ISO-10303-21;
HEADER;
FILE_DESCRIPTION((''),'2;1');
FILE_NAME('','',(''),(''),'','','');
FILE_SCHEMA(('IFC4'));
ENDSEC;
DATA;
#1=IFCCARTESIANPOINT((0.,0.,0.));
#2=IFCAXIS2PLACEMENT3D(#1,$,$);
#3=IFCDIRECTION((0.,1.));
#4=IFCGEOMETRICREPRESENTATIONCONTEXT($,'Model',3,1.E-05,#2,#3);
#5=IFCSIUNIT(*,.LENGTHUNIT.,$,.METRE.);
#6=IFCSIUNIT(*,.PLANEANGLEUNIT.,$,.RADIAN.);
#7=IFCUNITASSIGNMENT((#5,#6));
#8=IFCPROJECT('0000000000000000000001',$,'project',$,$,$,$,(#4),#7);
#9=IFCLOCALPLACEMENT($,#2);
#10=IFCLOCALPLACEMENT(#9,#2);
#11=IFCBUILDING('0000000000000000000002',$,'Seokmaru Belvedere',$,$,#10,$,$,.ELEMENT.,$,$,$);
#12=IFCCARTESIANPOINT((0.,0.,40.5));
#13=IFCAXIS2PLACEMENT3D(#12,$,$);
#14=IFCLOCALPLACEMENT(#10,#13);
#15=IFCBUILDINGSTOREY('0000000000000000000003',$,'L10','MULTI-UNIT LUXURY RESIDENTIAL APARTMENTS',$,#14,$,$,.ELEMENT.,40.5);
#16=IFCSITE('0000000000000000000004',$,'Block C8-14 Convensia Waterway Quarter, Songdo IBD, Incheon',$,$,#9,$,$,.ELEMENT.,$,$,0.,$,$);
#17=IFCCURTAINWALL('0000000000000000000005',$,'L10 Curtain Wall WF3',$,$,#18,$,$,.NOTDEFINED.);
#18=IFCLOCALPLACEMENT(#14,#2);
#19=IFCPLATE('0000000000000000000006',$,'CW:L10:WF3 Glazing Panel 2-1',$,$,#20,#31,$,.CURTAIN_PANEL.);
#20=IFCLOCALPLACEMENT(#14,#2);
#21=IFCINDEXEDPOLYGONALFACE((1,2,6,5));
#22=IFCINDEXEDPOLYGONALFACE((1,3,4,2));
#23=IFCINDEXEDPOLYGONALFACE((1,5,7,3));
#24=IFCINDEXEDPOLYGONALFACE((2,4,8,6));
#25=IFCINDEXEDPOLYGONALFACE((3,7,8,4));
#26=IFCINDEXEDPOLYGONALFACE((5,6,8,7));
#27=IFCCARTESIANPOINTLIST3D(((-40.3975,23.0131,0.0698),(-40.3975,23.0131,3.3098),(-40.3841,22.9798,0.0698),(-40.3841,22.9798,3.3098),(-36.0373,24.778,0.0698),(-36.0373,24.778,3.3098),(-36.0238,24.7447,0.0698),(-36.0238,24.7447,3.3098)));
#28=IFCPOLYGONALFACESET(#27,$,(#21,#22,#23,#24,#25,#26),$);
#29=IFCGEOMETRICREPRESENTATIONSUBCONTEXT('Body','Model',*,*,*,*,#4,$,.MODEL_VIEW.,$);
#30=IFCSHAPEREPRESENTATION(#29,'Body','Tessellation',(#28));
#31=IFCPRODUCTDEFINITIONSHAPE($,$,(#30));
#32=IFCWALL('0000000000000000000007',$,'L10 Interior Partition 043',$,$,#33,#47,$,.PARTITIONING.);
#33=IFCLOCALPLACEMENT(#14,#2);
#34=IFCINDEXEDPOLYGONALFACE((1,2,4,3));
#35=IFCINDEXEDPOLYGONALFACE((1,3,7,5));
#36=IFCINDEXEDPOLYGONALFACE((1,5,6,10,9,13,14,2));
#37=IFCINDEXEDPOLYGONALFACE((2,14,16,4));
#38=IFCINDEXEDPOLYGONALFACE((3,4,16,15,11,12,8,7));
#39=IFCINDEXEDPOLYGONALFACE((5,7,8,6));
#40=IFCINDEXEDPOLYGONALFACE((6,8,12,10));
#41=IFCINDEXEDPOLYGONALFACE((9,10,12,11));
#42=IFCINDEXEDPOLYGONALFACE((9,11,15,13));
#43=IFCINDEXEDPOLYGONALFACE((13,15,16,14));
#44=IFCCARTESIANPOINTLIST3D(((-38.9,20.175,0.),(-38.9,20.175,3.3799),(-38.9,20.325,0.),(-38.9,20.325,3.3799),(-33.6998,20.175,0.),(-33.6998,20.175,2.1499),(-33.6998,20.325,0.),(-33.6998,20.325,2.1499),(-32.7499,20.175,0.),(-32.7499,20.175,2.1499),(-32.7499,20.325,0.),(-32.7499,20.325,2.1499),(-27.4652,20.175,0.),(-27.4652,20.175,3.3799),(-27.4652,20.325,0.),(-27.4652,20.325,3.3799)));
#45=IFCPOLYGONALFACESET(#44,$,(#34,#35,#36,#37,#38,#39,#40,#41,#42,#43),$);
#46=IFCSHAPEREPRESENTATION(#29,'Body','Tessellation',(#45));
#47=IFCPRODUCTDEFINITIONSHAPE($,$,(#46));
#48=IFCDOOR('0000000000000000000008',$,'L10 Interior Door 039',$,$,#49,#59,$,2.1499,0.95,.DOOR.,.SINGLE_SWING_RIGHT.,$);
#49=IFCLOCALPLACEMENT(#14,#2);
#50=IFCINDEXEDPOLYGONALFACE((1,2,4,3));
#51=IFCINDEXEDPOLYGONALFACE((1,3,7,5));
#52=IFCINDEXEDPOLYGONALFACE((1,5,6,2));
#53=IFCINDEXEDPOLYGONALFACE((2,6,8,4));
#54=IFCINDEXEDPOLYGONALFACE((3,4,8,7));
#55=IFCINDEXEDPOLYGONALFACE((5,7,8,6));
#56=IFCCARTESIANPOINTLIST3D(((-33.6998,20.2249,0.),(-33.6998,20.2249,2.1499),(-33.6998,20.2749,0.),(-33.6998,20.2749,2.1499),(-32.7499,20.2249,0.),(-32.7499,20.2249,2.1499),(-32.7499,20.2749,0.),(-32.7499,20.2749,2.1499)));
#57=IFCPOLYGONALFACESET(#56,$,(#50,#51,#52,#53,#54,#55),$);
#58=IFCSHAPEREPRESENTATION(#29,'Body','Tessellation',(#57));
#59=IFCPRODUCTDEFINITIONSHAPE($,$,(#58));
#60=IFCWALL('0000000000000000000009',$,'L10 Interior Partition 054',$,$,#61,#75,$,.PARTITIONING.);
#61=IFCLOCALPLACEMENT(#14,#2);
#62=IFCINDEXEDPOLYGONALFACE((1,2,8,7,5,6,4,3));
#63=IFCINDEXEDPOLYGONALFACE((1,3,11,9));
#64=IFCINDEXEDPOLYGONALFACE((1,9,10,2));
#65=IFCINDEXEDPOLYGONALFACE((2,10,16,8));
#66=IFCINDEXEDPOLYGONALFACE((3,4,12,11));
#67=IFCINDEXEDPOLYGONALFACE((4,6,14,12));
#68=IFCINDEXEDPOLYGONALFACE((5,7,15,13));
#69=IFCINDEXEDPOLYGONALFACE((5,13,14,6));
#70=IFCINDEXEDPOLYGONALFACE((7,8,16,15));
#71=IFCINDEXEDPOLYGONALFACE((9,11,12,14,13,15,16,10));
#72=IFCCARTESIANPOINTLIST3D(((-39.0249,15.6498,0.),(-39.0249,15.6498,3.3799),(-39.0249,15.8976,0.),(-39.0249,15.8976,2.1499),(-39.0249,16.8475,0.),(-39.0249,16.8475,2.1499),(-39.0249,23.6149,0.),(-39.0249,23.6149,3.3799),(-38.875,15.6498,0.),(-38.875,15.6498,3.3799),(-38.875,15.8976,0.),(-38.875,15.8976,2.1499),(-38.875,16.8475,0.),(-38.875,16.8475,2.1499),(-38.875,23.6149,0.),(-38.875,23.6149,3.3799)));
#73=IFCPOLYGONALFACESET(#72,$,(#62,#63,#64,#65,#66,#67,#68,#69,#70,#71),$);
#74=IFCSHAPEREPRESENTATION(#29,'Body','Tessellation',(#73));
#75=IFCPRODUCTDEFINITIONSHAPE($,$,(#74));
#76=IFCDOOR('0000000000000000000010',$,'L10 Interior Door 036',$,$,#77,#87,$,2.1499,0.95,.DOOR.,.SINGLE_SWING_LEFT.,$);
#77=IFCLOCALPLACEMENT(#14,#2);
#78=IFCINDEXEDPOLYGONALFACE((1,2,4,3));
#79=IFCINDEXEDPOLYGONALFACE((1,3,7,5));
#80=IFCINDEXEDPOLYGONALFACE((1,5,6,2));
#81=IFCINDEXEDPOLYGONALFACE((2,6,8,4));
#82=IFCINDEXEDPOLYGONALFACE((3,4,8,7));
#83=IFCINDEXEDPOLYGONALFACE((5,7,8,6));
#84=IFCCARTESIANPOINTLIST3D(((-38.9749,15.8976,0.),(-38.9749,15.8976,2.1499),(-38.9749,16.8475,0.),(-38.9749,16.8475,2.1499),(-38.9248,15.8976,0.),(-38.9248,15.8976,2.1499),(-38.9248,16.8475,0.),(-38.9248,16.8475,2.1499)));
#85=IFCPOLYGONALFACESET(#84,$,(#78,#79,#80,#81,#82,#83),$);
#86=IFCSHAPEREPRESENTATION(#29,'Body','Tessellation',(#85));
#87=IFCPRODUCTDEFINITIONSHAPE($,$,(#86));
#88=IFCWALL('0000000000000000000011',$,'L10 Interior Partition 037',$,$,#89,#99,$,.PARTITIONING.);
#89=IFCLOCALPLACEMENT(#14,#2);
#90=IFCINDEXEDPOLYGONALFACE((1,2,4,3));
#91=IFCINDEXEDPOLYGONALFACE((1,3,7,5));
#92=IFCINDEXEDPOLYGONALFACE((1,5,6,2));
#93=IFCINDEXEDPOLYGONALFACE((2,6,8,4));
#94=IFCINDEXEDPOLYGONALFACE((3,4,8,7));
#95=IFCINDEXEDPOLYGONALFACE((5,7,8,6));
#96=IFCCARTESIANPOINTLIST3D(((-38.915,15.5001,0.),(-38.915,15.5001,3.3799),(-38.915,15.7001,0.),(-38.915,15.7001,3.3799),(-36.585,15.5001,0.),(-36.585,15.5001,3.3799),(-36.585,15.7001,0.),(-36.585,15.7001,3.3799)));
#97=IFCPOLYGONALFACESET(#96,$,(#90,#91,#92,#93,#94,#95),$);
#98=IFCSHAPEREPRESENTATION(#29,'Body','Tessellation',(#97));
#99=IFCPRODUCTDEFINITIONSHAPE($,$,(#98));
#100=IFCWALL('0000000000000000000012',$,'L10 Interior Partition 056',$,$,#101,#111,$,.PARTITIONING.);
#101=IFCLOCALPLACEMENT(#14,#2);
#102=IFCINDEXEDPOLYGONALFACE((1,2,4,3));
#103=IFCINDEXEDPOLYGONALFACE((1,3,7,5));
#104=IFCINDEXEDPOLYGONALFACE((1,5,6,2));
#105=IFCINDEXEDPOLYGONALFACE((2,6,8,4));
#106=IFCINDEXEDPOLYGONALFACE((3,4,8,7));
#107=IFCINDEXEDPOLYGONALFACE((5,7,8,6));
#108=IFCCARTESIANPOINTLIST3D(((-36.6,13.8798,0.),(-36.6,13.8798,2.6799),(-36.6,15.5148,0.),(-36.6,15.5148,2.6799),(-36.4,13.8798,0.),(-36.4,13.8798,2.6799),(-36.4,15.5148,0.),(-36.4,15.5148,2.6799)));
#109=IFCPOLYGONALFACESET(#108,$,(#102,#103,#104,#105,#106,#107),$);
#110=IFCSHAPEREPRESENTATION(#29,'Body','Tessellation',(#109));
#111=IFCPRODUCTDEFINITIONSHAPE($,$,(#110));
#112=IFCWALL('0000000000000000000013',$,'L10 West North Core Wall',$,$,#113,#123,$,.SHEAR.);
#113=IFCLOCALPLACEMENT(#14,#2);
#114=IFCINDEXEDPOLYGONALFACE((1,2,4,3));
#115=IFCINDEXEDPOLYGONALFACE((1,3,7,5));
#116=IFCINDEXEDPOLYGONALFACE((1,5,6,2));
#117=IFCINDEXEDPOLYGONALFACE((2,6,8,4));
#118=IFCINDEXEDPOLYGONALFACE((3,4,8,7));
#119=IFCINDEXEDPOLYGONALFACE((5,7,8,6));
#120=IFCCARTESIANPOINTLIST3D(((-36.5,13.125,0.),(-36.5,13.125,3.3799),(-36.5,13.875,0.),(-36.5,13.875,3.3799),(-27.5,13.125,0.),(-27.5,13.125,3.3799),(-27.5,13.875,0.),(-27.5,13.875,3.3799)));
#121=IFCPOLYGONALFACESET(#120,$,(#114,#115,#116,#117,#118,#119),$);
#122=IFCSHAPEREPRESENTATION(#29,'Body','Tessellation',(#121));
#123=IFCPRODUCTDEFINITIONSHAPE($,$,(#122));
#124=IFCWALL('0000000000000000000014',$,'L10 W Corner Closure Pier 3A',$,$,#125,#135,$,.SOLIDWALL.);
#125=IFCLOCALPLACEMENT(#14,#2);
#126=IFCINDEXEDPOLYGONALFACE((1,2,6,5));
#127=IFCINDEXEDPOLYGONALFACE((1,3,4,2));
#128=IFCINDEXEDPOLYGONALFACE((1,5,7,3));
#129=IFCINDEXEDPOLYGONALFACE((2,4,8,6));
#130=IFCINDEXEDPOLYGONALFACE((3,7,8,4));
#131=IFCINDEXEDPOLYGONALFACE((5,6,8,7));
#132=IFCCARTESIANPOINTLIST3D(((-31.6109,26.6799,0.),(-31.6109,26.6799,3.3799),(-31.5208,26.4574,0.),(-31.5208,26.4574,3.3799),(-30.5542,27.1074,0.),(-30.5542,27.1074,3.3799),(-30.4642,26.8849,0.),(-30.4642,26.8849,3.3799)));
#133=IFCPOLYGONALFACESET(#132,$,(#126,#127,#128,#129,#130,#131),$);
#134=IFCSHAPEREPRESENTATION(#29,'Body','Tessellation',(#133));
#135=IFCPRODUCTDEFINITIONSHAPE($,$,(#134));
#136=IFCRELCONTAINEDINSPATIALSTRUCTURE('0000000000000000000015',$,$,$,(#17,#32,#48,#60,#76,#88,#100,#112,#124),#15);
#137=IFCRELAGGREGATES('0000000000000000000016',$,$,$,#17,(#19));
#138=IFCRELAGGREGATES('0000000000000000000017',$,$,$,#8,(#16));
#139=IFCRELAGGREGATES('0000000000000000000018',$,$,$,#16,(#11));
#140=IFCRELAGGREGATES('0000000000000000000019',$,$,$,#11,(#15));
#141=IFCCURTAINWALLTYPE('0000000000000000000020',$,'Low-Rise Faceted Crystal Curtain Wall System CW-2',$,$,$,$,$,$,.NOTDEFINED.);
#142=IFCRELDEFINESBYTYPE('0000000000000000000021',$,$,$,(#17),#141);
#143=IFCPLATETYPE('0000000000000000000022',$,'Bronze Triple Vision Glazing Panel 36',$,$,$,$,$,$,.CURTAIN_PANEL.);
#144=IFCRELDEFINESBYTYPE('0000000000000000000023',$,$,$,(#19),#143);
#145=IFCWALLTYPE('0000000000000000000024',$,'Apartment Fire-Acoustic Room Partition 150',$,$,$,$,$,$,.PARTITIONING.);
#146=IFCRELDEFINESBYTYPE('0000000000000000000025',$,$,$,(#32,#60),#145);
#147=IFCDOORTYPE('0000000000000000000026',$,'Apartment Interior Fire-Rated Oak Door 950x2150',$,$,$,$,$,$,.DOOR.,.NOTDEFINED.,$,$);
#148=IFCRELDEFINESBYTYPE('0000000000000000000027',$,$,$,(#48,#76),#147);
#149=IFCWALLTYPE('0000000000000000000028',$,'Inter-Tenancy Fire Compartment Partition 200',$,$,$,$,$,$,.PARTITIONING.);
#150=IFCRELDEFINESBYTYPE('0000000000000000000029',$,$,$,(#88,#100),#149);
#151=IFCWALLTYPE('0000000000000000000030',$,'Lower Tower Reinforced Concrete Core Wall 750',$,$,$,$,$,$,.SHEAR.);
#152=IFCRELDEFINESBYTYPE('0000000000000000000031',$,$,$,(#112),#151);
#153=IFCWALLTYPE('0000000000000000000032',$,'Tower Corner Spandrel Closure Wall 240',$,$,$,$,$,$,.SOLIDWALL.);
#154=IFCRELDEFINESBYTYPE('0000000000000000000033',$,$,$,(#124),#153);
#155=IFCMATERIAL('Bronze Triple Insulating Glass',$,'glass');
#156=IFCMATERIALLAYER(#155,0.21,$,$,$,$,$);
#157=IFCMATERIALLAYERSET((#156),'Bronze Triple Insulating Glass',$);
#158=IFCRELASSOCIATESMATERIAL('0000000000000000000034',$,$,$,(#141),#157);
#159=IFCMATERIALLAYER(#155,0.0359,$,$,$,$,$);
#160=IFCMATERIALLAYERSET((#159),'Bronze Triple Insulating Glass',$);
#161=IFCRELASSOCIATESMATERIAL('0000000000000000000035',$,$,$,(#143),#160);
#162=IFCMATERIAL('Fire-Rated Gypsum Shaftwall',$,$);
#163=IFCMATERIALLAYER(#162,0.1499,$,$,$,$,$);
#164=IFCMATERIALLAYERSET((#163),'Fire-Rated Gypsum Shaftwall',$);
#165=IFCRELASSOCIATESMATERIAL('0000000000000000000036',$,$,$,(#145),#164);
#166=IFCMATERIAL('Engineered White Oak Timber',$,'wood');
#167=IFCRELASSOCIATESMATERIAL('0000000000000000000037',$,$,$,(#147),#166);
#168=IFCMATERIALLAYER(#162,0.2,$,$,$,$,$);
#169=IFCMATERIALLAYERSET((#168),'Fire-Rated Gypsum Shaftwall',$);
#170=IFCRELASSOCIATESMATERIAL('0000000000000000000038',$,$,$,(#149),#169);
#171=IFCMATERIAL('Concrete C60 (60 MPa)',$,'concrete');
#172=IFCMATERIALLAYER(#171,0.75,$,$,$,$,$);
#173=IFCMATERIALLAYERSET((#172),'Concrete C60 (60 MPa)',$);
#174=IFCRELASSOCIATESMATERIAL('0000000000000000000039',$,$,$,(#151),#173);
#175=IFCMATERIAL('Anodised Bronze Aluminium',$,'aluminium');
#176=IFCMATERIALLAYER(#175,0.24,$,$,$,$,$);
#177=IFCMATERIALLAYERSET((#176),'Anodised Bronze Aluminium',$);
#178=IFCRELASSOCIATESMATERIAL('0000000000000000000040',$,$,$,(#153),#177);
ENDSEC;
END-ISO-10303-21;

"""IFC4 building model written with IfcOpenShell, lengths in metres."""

from ifc_helpers import new_model, si_unit, direction, frame, frame_2d, origin, origin_2d, place, context, subcontext, project, spatial, rectangle, extrude, source, transform, mapped, material, layer, layer_set, type_object, type_shapes, element, fill, aggregate, save


model = new_model("IFC4")

# Units and contexts
model_context = context("Model", 3, precision=1e-05, world=origin(), true_north=direction((0.0, 1.0)))
body_context = subcontext(model_context, "Body", "Model", "MODEL_VIEW")
ifc_project = project(units=[si_unit("LENGTHUNIT", "METRE"), si_unit("PLANEANGLEUNIT", "RADIAN")], contexts=[model_context])

# Site, building, storey
site_placement = place(None, origin())
site = spatial("IfcSite", under=ifc_project, at=site_placement, Name="Block C8-14 Convensia Waterway Quarter, Songdo IBD, Incheon", CompositionType="ELEMENT", RefElevation=0.0)
building_placement = place(site_placement, origin())
building = spatial("IfcBuilding", under=site, at=building_placement, Name="Seokmaru Belvedere", CompositionType="ELEMENT")
storey_placement = place(building_placement, frame((0.0, 0.0, 40.5)))
storey = spatial("IfcBuildingStorey", under=building, at=storey_placement, Name="L10", Description="MULTI-UNIT LUXURY RESIDENTIAL APARTMENTS", CompositionType="ELEMENT", Elevation=40.5)

# Curtain wall, plate
ifc_material_1 = material(Name="Bronze Triple Insulating Glass", Category="glass")
ifc_layer_1 = layer(ifc_material_1, 0.21)
ifc_layer_set_1 = layer_set([ifc_layer_1], Name="Bronze Triple Insulating Glass")
curtain_wall_type = type_object("IfcCurtainWallType", Name="Low-Rise Faceted Crystal Curtain Wall System CW-2", PredefinedType="NOTDEFINED", material=ifc_layer_set_1)
curtain_wall_placement = place(storey_placement, origin())
curtain_wall = element("IfcCurtainWall", 1, at=curtain_wall_placement, inside=storey, type_object=curtain_wall_type, Name="L10 Curtain Wall WF3", PredefinedType="NOTDEFINED")
ifc_material_2 = material(Name="Anodised Bronze Aluminium", Category="aluminium")
ifc_layer_2 = layer(ifc_material_1, 0.0359)
ifc_layer_set_2 = layer_set([ifc_layer_2], Name="Bronze Triple Insulating Glass")
plate_type = type_object("IfcPlateType", Name="Bronze Triple Vision Glazing Panel 36", PredefinedType="CURTAIN_PANEL", material=ifc_layer_set_2)
shared_shape_1 = source(origin(), body_context, "Body", "SweptSolid", [
    extrude(rectangle(XDim=4.7039, YDim=0.0359, at=origin_2d()), origin(), (0.0, 0.0, 1.0), 3.24),
])
plate_1_placement = place(storey_placement, frame((-38.2107, 23.8789, 0.0698), z_axis=(0.0, 0.0, 1.0), x_axis=(-0.926947, -0.375192, 0.0)))
plate_1 = element("IfcPlate", 2, at=plate_1_placement, type_object=plate_type, Name="CW:L10:WF3 Glazing Panel 2-1", PredefinedType="CURTAIN_PANEL", context=body_context, shape_type="MappedRepresentation", body=[
    mapped(shared_shape_1, transform((0.0, 0.0, 0.0), scale=1.0)),
])
aggregate(curtain_wall, [plate_1])

# Walls, openings, doors
ifc_material_3 = material(Name="Fire-Rated Gypsum Shaftwall")
ifc_layer_3 = layer(ifc_material_3, 0.1499)
ifc_layer_set_3 = layer_set([ifc_layer_3], Name="Fire-Rated Gypsum Shaftwall")
wall_type_1 = type_object("IfcWallType", Name="Apartment Fire-Acoustic Room Partition 150", PredefinedType="PARTITIONING", material=ifc_layer_set_3)
wall_1_placement = place(storey_placement, frame((-38.8999, 20.25, 0.0), z_axis=(0.0, 0.0, 1.0), x_axis=(1.0, 0.0, 0.0)))
wall_1 = element("IfcWall", 3, at=wall_1_placement, inside=storey, type_object=wall_type_1, Name="L10 Interior Partition 043", PredefinedType="PARTITIONING", context=body_context, shape_type="SweptSolid", body=[
    extrude(rectangle(XDim=11.4348, YDim=0.1499, at=frame_2d((5.7173, 0.0))), origin(), (0.0, 0.0, 1.0), 3.3799),
])
opening_1_placement = place(wall_1_placement, frame((5.2, 0.0, 0.0)))
opening_1 = element("IfcOpeningElement", 4, at=opening_1_placement, cuts=wall_1, PredefinedType="OPENING", context=body_context, shape_type="SweptSolid", body=[
    extrude(rectangle(XDim=0.95, YDim=2.1499, at=frame_2d((0.4751, 1.075))), frame((0.0, 0.085, 0.0), z_axis=(0.0, -1.0, 0.0), x_axis=(1.0, 0.0, 0.0)), (0.0, 0.0, 1.0), 0.1699),
])
ifc_material_4 = material(Name="Engineered White Oak Timber", Category="wood")
door_type = type_object("IfcDoorType", Name="Apartment Interior Fire-Rated Oak Door 950x2150", OperationType="NOTDEFINED", PredefinedType="DOOR", material=ifc_material_4)
shared_shape_2 = source(origin(), body_context, "Body", "SweptSolid", [
    extrude(rectangle(XDim=0.95, YDim=2.1499, at=frame_2d((0.4751, 1.075))), frame((0.0, 0.0249, 0.0), z_axis=(0.0, -1.0, 0.0), x_axis=(1.0, 0.0, 0.0)), (0.0, 0.0, 1.0), 0.05),
])
type_shapes(door_type, [shared_shape_2])
door_1_placement = place(opening_1_placement, origin())
door_1 = element("IfcDoor", 5, at=door_1_placement, inside=storey, type_object=door_type, Name="L10 Interior Door 039", OperationType="SINGLE_SWING_RIGHT", OverallHeight=2.1499, OverallWidth=0.95, PredefinedType="DOOR", context=body_context, shape_type="MappedRepresentation", body=[
    mapped(shared_shape_2, transform((0.0, 0.0, 0.0), scale=1.0)),
])
fill(opening_1, door_1)
wall_2_placement = place(storey_placement, frame((-38.95, 15.6499, 0.0), z_axis=(0.0, 0.0, 1.0), x_axis=(0.0, 1.0, 0.0)))
wall_2 = element("IfcWall", 6, at=wall_2_placement, inside=storey, type_object=wall_type_1, Name="L10 Interior Partition 054", PredefinedType="PARTITIONING", context=body_context, shape_type="SweptSolid", body=[
    extrude(rectangle(XDim=7.9651, YDim=0.1499, at=frame_2d((3.9824, 0.0))), origin(), (0.0, 0.0, 1.0), 3.3799),
])
opening_2_placement = place(wall_2_placement, frame((0.2476, 0.0, 0.0)))
opening_2 = element("IfcOpeningElement", 7, at=opening_2_placement, cuts=wall_2, PredefinedType="OPENING", context=body_context, shape_type="SweptSolid", body=[
    extrude(rectangle(XDim=0.95, YDim=2.1499, at=frame_2d((0.4751, 1.075))), frame((0.0, 0.085, 0.0), z_axis=(0.0, -1.0, 0.0), x_axis=(1.0, 0.0, 0.0)), (0.0, 0.0, 1.0), 0.1699),
])
door_2_placement = place(opening_2_placement, origin())
door_2 = element("IfcDoor", 8, at=door_2_placement, inside=storey, type_object=door_type, Name="L10 Interior Door 036", OperationType="SINGLE_SWING_LEFT", OverallHeight=2.1499, OverallWidth=0.95, PredefinedType="DOOR", context=body_context, shape_type="MappedRepresentation", body=[
    mapped(shared_shape_2, transform((0.0, 0.0, 0.0), scale=1.0)),
])
fill(opening_2, door_2)

# Walls
ifc_layer_4 = layer(ifc_material_3, 0.2)
ifc_layer_set_4 = layer_set([ifc_layer_4], Name="Fire-Rated Gypsum Shaftwall")
wall_type_2 = type_object("IfcWallType", Name="Inter-Tenancy Fire Compartment Partition 200", PredefinedType="PARTITIONING", material=ifc_layer_set_4)
wall_3_placement = place(storey_placement, frame((-38.915, 15.6001, 0.0), z_axis=(0.0, 0.0, 1.0), x_axis=(1.0, 0.0, 0.0)))
element("IfcWall", 9, at=wall_3_placement, inside=storey, type_object=wall_type_2, Name="L10 Interior Partition 037", PredefinedType="PARTITIONING", context=body_context, shape_type="SweptSolid", body=[
    extrude(rectangle(XDim=2.3301, YDim=0.2, at=frame_2d((1.165, 0.0))), origin(), (0.0, 0.0, 1.0), 3.3799),
])
wall_4_placement = place(storey_placement, frame((-36.5, 13.8799, 0.0), z_axis=(0.0, 0.0, 1.0), x_axis=(0.0, 1.0, 0.0)))
element("IfcWall", 10, at=wall_4_placement, inside=storey, type_object=wall_type_2, Name="L10 Interior Partition 056", PredefinedType="PARTITIONING", context=body_context, shape_type="SweptSolid", body=[
    extrude(rectangle(XDim=1.635, YDim=0.2, at=frame_2d((0.8174, 0.0))), origin(), (0.0, 0.0, 1.0), 2.6799),
])
ifc_material_5 = material(Name="Concrete C60 (60 MPa)", Category="concrete")
ifc_layer_5 = layer(ifc_material_5, 0.75)
ifc_layer_set_5 = layer_set([ifc_layer_5], Name="Concrete C60 (60 MPa)")
wall_type_3 = type_object("IfcWallType", Name="Lower Tower Reinforced Concrete Core Wall 750", PredefinedType="SHEAR", material=ifc_layer_set_5)
wall_5_placement = place(storey_placement, frame((-36.5, 13.5, 0.0), z_axis=(0.0, 0.0, 1.0), x_axis=(1.0, 0.0, 0.0)))
element("IfcWall", 11, at=wall_5_placement, inside=storey, type_object=wall_type_3, Name="L10 West North Core Wall", PredefinedType="SHEAR", context=body_context, shape_type="SweptSolid", body=[
    extrude(rectangle(XDim=9.0, YDim=0.75, at=frame_2d((4.5, 0.0))), origin(), (0.0, 0.0, 1.0), 3.3799),
])
ifc_layer_6 = layer(ifc_material_2, 0.24)
ifc_layer_set_6 = layer_set([ifc_layer_6], Name="Anodised Bronze Aluminium")
wall_type_4 = type_object("IfcWallType", Name="Tower Corner Spandrel Closure Wall 240", PredefinedType="SOLIDWALL", material=ifc_layer_set_6)
wall_6_placement = place(storey_placement, frame((-30.5093, 26.9961, 0.0), z_axis=(0.0, 0.0, 1.0), x_axis=(-0.927007, -0.375044, 0.0)))
element("IfcWall", 12, at=wall_6_placement, inside=storey, type_object=wall_type_4, Name="L10 W Corner Closure Pier 3A", PredefinedType="SOLIDWALL", context=body_context, shape_type="SweptSolid", body=[
    extrude(rectangle(XDim=1.1399, YDim=0.24, at=frame_2d((0.5698, 0.0))), origin(), (0.0, 0.0, 1.0), 3.3799),
])

save(model, "model.ifc")
